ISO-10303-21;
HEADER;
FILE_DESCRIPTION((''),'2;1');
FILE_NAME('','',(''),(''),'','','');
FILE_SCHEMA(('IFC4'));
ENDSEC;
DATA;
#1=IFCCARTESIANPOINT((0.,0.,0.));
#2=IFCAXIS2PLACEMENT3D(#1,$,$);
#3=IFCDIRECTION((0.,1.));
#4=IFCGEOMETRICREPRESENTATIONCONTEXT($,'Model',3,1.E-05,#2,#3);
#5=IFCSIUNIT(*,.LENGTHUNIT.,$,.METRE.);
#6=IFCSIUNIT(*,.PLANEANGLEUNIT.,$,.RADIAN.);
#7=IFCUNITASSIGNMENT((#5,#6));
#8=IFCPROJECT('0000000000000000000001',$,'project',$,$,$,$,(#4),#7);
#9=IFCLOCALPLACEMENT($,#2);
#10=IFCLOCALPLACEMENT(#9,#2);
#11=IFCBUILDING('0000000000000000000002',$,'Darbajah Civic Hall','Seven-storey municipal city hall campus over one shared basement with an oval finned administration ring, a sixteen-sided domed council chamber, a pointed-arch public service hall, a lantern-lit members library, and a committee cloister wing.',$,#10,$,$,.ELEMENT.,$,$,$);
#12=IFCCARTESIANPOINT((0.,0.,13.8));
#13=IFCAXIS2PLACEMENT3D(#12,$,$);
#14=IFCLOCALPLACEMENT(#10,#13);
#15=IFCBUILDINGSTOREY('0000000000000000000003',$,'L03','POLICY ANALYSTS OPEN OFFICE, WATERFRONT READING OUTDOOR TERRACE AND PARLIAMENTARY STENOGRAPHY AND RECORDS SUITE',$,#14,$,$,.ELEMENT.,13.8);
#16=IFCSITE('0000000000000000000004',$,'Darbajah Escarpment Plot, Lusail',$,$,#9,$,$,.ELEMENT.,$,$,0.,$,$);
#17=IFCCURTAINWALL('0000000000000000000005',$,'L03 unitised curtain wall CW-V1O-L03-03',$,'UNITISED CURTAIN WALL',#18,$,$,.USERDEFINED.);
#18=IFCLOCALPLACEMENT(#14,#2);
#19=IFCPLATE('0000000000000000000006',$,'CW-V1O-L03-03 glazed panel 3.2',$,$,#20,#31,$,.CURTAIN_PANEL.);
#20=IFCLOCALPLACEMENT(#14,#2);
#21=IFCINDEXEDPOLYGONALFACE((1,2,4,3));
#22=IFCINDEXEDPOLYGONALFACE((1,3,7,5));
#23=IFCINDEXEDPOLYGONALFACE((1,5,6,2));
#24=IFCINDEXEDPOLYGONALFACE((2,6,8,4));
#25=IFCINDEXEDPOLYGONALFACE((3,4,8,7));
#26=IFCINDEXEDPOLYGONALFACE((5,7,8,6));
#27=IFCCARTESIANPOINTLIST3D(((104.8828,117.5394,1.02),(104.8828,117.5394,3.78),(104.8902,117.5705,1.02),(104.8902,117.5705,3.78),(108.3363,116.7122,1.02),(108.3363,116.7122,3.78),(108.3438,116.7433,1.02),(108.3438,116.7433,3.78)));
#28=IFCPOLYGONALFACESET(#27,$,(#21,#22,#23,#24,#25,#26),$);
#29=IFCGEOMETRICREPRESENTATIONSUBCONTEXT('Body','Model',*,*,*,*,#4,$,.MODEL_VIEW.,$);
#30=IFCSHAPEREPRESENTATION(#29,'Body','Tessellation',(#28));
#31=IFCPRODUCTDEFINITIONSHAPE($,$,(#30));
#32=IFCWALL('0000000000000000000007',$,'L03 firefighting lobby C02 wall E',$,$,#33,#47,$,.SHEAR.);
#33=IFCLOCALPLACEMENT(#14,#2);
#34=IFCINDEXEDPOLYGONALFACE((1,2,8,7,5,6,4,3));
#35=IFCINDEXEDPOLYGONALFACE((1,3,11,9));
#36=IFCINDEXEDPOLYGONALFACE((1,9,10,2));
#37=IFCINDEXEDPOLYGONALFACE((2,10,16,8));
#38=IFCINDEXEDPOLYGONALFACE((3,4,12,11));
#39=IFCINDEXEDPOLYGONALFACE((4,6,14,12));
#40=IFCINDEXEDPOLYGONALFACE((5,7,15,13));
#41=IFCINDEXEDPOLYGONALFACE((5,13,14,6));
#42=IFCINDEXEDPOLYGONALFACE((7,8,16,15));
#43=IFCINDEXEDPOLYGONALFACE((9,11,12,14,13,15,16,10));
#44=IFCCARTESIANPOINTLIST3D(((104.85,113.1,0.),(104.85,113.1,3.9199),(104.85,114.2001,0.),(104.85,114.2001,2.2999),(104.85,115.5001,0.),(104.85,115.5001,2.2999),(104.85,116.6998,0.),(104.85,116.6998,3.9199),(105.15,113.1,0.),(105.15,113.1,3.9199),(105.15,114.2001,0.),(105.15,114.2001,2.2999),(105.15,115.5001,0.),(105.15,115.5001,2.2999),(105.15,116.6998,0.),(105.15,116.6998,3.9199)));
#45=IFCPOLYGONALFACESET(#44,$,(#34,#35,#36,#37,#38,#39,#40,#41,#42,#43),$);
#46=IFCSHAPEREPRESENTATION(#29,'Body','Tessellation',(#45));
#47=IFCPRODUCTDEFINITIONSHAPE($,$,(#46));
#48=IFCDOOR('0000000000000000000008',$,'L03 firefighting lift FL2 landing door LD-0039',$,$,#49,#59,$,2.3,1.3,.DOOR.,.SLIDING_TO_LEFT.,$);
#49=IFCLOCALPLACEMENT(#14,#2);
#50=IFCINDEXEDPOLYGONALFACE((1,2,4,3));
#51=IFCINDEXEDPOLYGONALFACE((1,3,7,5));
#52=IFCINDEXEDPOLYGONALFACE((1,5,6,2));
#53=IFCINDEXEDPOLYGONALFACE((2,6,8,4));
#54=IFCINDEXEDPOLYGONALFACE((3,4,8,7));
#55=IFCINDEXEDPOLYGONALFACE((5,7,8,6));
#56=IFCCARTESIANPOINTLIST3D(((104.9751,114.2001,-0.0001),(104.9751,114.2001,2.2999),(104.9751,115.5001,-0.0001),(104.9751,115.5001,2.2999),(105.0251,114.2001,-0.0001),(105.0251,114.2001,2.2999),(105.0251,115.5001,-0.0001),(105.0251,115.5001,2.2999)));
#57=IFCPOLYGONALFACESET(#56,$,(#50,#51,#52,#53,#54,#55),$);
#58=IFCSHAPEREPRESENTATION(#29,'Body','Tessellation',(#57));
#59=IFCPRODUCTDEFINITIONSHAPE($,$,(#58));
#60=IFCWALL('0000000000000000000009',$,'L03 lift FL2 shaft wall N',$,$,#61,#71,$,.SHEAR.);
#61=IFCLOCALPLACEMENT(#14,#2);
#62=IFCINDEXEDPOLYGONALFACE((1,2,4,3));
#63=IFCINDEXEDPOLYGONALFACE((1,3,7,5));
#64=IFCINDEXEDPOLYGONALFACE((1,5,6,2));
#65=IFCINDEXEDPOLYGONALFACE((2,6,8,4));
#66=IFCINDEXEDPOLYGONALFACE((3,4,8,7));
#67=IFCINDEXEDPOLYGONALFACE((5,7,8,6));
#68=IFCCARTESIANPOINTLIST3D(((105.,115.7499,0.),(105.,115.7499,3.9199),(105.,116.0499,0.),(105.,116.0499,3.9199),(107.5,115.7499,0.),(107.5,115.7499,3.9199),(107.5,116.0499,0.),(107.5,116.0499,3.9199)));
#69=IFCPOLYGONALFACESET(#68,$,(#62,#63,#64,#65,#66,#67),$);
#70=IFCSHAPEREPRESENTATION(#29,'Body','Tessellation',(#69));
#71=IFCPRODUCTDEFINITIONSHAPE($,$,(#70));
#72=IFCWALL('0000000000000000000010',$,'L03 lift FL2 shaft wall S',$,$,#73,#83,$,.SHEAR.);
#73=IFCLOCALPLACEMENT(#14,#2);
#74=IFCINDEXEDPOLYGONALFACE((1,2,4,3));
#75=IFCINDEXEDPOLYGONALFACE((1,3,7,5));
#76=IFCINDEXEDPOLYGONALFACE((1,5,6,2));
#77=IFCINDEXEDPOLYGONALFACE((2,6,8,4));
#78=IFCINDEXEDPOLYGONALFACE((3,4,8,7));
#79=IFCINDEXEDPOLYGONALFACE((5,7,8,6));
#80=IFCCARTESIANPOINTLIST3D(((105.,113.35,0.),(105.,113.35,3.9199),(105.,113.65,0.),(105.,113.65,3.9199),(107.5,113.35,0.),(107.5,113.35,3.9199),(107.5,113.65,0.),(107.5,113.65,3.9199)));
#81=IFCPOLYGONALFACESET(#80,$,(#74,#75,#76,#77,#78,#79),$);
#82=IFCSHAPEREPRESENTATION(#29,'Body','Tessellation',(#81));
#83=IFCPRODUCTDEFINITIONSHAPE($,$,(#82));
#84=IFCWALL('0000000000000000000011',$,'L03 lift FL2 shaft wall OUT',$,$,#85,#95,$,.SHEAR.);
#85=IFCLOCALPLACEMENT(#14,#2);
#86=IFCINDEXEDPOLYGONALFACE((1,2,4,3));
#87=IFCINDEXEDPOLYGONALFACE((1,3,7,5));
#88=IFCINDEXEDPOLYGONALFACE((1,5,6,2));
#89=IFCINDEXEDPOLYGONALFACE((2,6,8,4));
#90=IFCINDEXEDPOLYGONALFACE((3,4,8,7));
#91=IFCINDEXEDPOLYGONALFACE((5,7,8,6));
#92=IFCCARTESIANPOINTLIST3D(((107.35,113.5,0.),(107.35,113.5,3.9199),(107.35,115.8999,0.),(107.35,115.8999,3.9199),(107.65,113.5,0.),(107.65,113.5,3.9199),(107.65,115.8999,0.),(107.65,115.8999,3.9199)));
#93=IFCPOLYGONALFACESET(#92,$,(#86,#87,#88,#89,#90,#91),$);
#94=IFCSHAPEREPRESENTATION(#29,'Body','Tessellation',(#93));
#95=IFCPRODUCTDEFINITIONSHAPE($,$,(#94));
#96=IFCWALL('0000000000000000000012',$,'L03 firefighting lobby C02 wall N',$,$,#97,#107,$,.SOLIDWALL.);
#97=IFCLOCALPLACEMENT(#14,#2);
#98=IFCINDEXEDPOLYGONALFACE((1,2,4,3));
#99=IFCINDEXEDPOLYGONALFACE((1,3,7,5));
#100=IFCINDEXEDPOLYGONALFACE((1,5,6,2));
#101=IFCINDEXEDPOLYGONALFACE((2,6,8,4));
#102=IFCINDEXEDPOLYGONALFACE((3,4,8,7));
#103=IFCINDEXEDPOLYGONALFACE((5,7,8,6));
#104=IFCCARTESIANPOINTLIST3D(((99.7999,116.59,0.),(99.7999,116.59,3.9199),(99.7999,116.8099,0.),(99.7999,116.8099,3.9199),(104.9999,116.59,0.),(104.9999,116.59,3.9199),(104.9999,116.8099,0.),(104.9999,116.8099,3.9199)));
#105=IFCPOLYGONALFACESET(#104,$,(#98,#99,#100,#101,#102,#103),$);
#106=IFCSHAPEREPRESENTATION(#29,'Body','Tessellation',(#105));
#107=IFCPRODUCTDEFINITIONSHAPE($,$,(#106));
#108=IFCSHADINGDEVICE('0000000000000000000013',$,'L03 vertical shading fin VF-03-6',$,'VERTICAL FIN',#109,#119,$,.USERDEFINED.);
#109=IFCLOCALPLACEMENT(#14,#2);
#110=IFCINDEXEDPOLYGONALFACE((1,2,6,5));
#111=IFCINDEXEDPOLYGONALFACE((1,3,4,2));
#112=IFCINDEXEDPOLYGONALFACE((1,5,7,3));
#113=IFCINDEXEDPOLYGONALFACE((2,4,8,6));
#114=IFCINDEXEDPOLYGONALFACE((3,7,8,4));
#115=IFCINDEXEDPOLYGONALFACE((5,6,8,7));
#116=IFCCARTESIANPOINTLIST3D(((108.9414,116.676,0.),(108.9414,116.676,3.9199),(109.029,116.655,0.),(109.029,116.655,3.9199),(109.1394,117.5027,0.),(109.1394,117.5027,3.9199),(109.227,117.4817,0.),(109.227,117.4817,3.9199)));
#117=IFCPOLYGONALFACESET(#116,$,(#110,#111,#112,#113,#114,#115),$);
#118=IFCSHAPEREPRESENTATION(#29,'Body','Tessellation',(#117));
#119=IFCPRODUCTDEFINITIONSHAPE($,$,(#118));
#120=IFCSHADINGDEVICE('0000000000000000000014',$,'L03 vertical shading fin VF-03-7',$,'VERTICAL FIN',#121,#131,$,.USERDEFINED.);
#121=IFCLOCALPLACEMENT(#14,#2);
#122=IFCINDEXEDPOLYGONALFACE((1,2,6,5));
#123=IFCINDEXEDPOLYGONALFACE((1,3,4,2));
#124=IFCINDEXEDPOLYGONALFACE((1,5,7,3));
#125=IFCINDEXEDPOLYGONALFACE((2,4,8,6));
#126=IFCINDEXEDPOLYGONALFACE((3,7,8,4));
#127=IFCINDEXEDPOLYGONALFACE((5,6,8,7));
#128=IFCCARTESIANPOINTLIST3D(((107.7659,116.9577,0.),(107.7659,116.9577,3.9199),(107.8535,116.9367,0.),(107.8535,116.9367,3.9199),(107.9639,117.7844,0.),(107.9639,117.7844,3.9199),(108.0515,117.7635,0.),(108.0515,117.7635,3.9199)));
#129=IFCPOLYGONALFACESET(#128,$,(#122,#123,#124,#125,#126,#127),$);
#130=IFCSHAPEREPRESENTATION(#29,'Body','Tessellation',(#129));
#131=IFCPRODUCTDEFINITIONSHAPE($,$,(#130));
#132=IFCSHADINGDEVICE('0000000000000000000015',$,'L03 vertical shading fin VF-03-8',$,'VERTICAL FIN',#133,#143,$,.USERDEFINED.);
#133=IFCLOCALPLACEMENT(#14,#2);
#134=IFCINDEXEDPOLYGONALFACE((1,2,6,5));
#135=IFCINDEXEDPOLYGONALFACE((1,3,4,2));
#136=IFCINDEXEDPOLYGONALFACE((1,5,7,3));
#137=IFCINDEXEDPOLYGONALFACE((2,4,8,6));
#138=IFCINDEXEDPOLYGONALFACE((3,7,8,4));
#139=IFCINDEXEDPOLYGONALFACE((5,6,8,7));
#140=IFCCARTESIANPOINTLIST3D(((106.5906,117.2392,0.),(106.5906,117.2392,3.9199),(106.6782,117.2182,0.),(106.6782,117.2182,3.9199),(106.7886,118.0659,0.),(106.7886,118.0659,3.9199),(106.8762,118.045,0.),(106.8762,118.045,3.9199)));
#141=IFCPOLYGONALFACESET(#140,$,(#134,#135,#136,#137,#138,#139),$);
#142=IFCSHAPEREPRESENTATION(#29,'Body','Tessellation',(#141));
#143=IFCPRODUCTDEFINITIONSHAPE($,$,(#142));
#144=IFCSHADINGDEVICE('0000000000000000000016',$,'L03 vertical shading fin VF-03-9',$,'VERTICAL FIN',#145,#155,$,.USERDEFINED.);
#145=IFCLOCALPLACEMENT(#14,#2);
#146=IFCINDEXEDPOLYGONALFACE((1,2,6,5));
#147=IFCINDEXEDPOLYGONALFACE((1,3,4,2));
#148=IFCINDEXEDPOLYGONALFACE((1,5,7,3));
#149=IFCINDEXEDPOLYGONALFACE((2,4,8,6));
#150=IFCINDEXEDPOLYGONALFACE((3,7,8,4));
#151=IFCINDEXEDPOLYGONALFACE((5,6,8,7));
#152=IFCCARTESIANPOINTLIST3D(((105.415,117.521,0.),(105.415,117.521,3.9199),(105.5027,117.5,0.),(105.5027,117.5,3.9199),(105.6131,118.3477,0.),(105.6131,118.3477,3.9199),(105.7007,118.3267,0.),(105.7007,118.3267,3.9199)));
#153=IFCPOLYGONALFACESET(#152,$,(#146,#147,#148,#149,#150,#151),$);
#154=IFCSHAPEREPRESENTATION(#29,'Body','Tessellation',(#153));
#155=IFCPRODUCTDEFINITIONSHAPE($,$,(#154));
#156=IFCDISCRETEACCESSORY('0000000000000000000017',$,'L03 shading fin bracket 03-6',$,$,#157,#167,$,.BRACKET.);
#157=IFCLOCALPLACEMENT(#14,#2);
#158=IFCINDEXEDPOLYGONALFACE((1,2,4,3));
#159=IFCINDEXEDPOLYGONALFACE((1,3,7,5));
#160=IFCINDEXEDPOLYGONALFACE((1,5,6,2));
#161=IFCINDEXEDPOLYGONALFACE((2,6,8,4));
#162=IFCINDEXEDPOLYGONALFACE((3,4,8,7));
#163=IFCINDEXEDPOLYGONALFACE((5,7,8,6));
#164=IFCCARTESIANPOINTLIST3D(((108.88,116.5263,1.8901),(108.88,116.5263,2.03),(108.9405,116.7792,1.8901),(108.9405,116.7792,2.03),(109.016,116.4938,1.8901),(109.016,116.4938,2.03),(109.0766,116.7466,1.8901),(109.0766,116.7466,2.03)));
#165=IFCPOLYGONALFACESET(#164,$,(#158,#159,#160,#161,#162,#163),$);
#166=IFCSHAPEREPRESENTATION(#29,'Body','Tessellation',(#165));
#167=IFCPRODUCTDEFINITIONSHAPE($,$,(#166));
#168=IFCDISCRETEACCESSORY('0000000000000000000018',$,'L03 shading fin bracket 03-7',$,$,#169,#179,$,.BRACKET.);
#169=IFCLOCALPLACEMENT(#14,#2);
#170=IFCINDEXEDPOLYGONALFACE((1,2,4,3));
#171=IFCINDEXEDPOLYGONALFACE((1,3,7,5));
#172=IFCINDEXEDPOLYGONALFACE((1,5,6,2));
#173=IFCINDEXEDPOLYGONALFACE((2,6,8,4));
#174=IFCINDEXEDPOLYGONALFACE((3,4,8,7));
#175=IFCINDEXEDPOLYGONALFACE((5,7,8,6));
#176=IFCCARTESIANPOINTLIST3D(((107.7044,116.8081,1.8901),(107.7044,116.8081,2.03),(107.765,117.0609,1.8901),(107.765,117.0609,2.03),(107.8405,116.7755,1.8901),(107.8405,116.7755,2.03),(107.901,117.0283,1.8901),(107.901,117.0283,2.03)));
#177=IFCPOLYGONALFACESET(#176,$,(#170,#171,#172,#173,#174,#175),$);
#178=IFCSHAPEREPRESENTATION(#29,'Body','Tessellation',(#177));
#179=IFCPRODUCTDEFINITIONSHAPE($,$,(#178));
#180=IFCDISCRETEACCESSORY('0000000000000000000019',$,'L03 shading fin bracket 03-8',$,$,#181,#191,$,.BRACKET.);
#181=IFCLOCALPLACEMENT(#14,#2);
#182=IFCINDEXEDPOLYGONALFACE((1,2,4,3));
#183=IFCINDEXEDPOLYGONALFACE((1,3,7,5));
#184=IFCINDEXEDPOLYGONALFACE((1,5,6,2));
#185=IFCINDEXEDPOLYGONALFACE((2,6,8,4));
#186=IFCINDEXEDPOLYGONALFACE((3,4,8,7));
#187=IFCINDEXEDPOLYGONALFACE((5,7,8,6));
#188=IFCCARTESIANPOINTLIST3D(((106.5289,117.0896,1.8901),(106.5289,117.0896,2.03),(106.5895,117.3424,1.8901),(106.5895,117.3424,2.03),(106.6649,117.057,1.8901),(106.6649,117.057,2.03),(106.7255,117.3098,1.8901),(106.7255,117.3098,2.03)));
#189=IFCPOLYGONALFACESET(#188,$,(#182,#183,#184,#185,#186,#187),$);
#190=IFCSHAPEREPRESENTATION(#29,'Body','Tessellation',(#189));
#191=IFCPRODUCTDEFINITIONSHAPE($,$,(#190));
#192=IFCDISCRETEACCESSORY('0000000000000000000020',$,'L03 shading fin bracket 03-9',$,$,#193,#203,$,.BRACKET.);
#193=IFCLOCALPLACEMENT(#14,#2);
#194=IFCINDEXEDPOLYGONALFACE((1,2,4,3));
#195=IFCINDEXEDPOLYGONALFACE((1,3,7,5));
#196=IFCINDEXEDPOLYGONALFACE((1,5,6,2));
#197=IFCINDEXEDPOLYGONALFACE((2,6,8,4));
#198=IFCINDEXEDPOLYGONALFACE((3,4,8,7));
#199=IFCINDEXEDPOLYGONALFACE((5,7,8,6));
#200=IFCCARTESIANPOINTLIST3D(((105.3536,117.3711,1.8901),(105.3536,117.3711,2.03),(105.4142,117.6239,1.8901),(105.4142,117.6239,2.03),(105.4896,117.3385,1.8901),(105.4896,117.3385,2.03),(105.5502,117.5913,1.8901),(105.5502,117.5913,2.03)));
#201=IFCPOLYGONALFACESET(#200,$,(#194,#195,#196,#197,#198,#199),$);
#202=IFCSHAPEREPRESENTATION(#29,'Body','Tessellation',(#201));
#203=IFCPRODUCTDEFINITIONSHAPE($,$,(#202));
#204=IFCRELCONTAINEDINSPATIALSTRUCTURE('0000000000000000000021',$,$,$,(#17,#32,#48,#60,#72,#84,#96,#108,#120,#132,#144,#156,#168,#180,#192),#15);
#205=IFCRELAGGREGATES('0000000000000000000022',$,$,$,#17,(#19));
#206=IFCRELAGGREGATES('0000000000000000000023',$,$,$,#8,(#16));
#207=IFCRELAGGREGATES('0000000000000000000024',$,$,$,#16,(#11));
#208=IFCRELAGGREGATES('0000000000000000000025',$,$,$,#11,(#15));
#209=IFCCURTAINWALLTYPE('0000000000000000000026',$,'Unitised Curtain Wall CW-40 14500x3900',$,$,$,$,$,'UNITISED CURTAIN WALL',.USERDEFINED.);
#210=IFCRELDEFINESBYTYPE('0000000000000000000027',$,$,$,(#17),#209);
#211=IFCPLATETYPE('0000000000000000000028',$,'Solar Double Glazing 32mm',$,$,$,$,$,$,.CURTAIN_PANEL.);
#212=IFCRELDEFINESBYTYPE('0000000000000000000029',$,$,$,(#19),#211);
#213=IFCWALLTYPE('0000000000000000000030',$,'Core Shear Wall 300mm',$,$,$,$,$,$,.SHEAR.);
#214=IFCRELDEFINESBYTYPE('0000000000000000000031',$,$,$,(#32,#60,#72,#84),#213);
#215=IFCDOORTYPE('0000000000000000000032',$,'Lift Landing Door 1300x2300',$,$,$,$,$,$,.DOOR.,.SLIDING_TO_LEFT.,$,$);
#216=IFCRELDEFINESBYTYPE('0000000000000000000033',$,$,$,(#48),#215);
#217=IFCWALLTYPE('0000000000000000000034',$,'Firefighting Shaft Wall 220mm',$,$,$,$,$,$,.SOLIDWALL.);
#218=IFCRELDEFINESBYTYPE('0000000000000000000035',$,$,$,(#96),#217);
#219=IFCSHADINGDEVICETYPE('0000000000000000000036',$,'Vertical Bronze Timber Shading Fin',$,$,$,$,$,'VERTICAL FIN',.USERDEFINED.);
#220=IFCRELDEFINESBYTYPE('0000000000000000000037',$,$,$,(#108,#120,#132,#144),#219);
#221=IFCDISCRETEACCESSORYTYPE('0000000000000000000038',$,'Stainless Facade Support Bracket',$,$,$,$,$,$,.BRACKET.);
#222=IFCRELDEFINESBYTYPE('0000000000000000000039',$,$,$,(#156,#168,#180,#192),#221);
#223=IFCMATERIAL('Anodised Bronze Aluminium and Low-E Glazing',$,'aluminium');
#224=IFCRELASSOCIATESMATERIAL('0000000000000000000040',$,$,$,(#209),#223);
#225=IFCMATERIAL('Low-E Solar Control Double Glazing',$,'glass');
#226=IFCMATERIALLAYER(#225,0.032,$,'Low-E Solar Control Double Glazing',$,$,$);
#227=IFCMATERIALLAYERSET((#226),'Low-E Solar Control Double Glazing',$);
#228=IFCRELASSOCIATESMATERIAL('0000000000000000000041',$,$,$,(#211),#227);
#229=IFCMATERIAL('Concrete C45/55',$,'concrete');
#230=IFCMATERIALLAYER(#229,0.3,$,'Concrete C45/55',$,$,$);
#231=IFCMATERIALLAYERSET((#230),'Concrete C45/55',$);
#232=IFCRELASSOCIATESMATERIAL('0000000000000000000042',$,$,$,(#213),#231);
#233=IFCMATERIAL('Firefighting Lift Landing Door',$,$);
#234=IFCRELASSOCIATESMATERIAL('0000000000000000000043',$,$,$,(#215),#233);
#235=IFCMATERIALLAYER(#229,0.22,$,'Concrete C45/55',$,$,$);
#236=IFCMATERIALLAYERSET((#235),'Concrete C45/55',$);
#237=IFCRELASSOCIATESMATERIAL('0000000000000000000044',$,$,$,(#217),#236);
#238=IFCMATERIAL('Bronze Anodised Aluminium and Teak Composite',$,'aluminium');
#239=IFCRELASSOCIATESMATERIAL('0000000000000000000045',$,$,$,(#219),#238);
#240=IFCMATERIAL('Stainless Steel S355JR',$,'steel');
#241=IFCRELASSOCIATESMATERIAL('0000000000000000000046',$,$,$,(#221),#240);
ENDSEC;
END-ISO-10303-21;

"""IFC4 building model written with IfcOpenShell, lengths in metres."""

from ifc_helpers import new_model, si_unit, direction, frame, frame_2d, origin, origin_2d, place, context, subcontext, project, spatial, rectangle, extrude, material, layer, layer_set, type_object, element, fill, aggregate, save


model = new_model("IFC4")

# Units and contexts
model_context = context("Model", 3, precision=1e-05, world=origin(), true_north=direction((0.0, 1.0)))
body_context = subcontext(model_context, "Body", "Model", "MODEL_VIEW")
ifc_project = project(units=[si_unit("LENGTHUNIT", "METRE"), si_unit("PLANEANGLEUNIT", "RADIAN")], contexts=[model_context])

# Site, building, storey
site_placement = place(None, origin())
site = spatial("IfcSite", under=ifc_project, at=site_placement, Name="Darbajah Escarpment Plot, Lusail", CompositionType="ELEMENT", RefElevation=0.0)
building_placement = place(site_placement, origin())
building = spatial("IfcBuilding", under=site, at=building_placement, Name="Darbajah Civic Hall", Description="Seven-storey municipal city hall campus over one shared basement with an oval finned administration ring, a sixteen-sided domed council chamber, a pointed-arch public service hall, a lantern-lit members library, and a committee cloister wing.", CompositionType="ELEMENT")
storey_placement = place(building_placement, frame((0.0, 0.0, 13.8)))
storey = spatial("IfcBuildingStorey", under=building, at=storey_placement, Name="L03", Description="POLICY ANALYSTS OPEN OFFICE, WATERFRONT READING OUTDOOR TERRACE AND PARLIAMENTARY STENOGRAPHY AND RECORDS SUITE", CompositionType="ELEMENT", Elevation=13.8)

# Curtain wall
ifc_material_1 = material(Name="Anodised Bronze Aluminium and Low-E Glazing", Category="aluminium")
curtain_wall_type_1 = type_object("IfcCurtainWallType", Name="Unitised Curtain Wall CW-40 14500x3900", ElementType="UNITISED CURTAIN WALL", PredefinedType="USERDEFINED", material=ifc_material_1)
curtain_wall_1_placement = place(storey_placement, origin())
curtain_wall_1 = element("IfcCurtainWall", 1, at=curtain_wall_1_placement, inside=storey, type_object=curtain_wall_type_1, Name="L03 unitised curtain wall CW-V1O-L03-03", ObjectType="UNITISED CURTAIN WALL", PredefinedType="USERDEFINED")

# Plate
ifc_material_2 = material(Name="Low-E Solar Control Double Glazing", Category="glass")
ifc_layer_1 = layer(ifc_material_2, 0.032, Name="Low-E Solar Control Double Glazing")
ifc_layer_set_1 = layer_set([ifc_layer_1], Name="Low-E Solar Control Double Glazing")
plate_type_1 = type_object("IfcPlateType", Name="Solar Double Glazing 32mm", PredefinedType="CURTAIN_PANEL", material=ifc_layer_set_1)
plate_1_placement = place(storey_placement, frame((106.6133, 117.1414, 1.02), z_axis=(0.0, 0.0, 1.0), x_axis=(-0.972492, 0.232936, 0.0)))
plate_1 = element("IfcPlate", 2, at=plate_1_placement, type_object=plate_type_1, Name="CW-V1O-L03-03 glazed panel 3.2", PredefinedType="CURTAIN_PANEL", context=body_context, shape_type="SweptSolid", body=[
    extrude(rectangle(XDim=3.5513, YDim=0.032, at=origin_2d()), origin(), (0.0, 0.0, 1.0), 2.76),
])
aggregate(curtain_wall_1, [plate_1])

# Wall, opening, door
ifc_material_3 = material(Name="Concrete C45/55", Category="concrete")
ifc_layer_2 = layer(ifc_material_3, 0.3, Name="Concrete C45/55")
ifc_layer_set_2 = layer_set([ifc_layer_2], Name="Concrete C45/55")
wall_type_1 = type_object("IfcWallType", Name="Core Shear Wall 300mm", PredefinedType="SHEAR", material=ifc_layer_set_2)
wall_1_placement = place(storey_placement, frame((105.0, 113.1001, 0.0), z_axis=(0.0, 0.0, 1.0), x_axis=(0.0, 1.0, 0.0)))
wall_1 = element("IfcWall", 3, at=wall_1_placement, inside=storey, type_object=wall_type_1, Name="L03 firefighting lobby C02 wall E", PredefinedType="SHEAR", context=body_context, shape_type="SweptSolid", body=[
    extrude(rectangle(XDim=3.5999, YDim=0.3, at=frame_2d((1.7998, 0.0))), origin(), (0.0, 0.0, 1.0), 3.9199),
])
opening_placement = place(wall_1_placement, frame((1.1001, 0.0, 0.0)))
opening = element("IfcOpeningElement", 4, at=opening_placement, cuts=wall_1, PredefinedType="OPENING", context=body_context, shape_type="SweptSolid", body=[
    extrude(rectangle(XDim=1.3, YDim=2.3, at=frame_2d((0.6499, 1.1499))), frame((0.0, 0.1599, 0.0), z_axis=(0.0, -1.0, 0.0), x_axis=(1.0, 0.0, 0.0)), (0.0, 0.0, 1.0), 0.3201),
])
ifc_material_4 = material(Name="Firefighting Lift Landing Door")
door_type = type_object("IfcDoorType", Name="Lift Landing Door 1300x2300", OperationType="SLIDING_TO_LEFT", PredefinedType="DOOR", material=ifc_material_4)
door_placement = place(opening_placement, origin())
door = element("IfcDoor", 5, at=door_placement, inside=storey, type_object=door_type, Name="L03 firefighting lift FL2 landing door LD-0039", OperationType="SLIDING_TO_LEFT", OverallHeight=2.3, OverallWidth=1.3, PredefinedType="DOOR", context=body_context, shape_type="SweptSolid", body=[
    extrude(rectangle(XDim=1.3, YDim=2.3, at=frame_2d((0.6499, 1.1499))), frame((0.0, 0.0249, 0.0), z_axis=(0.0, -1.0, 0.0), x_axis=(1.0, 0.0, 0.0)), (0.0, 0.0, 1.0), 0.05),
])
fill(opening, door)

# Walls
for number, where, z_axis, x_axis, name in (
    (6, (107.5, 115.8999, 0.0), (0.0, 0.0, 1.0), (-1.0, 0.0, 0.0), "L03 lift FL2 shaft wall N"),
    (7, (105.0, 113.5, 0.0), (0.0, 0.0, 1.0), (1.0, 0.0, 0.0), "L03 lift FL2 shaft wall S"),
):
    element("IfcWall", number, at=place(storey_placement, frame(where, z_axis=z_axis, x_axis=x_axis)), inside=storey, type_object=wall_type_1, Name=name, PredefinedType="SHEAR", context=body_context, shape_type="SweptSolid", body=[
        extrude(rectangle(XDim=2.5, YDim=0.3, at=frame_2d((1.25, 0.0))), origin(), (0.0, 0.0, 1.0), 3.9199),
    ])
wall_2_placement = place(storey_placement, frame((107.5, 113.5, 0.0), z_axis=(0.0, 0.0, 1.0), x_axis=(0.0, 1.0, 0.0)))
element("IfcWall", 8, at=wall_2_placement, inside=storey, type_object=wall_type_1, Name="L03 lift FL2 shaft wall OUT", PredefinedType="SHEAR", context=body_context, shape_type="SweptSolid", body=[
    extrude(rectangle(XDim=2.3999, YDim=0.3, at=frame_2d((1.2, 0.0))), origin(), (0.0, 0.0, 1.0), 3.9199),
])
ifc_layer_3 = layer(ifc_material_3, 0.22, Name="Concrete C45/55")
ifc_layer_set_3 = layer_set([ifc_layer_3], Name="Concrete C45/55")
wall_type_2 = type_object("IfcWallType", Name="Firefighting Shaft Wall 220mm", PredefinedType="SOLIDWALL", material=ifc_layer_set_3)
wall_3_placement = place(storey_placement, frame((105.0, 116.7, 0.0), z_axis=(0.0, 0.0, 1.0), x_axis=(-1.0, 0.0, 0.0)))
element("IfcWall", 9, at=wall_3_placement, inside=storey, type_object=wall_type_2, Name="L03 firefighting lobby C02 wall N", PredefinedType="SOLIDWALL", context=body_context, shape_type="SweptSolid", body=[
    extrude(rectangle(XDim=5.2, YDim=0.22, at=frame_2d((2.6001, 0.0))), origin(), (0.0, 0.0, 1.0), 3.9199),
])

# Shading devices
ifc_material_5 = material(Name="Bronze Anodised Aluminium and Teak Composite", Category="aluminium")
shading_device_type = type_object("IfcShadingDeviceType", Name="Vertical Bronze Timber Shading Fin", ElementType="VERTICAL FIN", PredefinedType="USERDEFINED", material=ifc_material_5)
for number, where, z_axis, x_axis, name in (
    (10, (109.0842, 117.0789, 0.0), (0.0, 0.0, 1.0), (0.232936, 0.972492, 0.0), "L03 vertical shading fin VF-03-6"),
    (11, (107.9087, 117.3606, 0.0), (0.0, 0.0, 1.0), (0.232936, 0.972492, 0.0), "L03 vertical shading fin VF-03-7"),
    (12, (106.7334, 117.6421, 0.0), (0.0, 0.0, 1.0), (0.232936, 0.972492, 0.0), "L03 vertical shading fin VF-03-8"),
    (13, (105.5579, 117.9238, 0.0), (0.0, 0.0, 1.0), (0.232936, 0.972492, 0.0), "L03 vertical shading fin VF-03-9"),
):
    element("IfcShadingDevice", number, at=place(storey_placement, frame(where, z_axis=z_axis, x_axis=x_axis)), inside=storey, type_object=shading_device_type, Name=name, ObjectType="VERTICAL FIN", PredefinedType="USERDEFINED", context=body_context, shape_type="SweptSolid", body=[
        extrude(rectangle(XDim=0.8501, YDim=0.0901, at=origin_2d()), origin(), (0.0, 0.0, 1.0), 3.9199),
    ])

# Discrete accessories
ifc_material_6 = material(Name="Stainless Steel S355JR", Category="steel")
discrete_accessory_type = type_object("IfcDiscreteAccessoryType", Name="Stainless Facade Support Bracket", PredefinedType="BRACKET", material=ifc_material_6)
for number, where, z_axis, x_axis, name in (
    (14, (108.9783, 116.6365, 1.8901), (0.0, 0.0, 1.0), (0.232936, 0.972492, 0.0), "L03 shading fin bracket 03-6"),
    (15, (107.8027, 116.9182, 1.8901), (0.0, 0.0, 1.0), (0.232936, 0.972492, 0.0), "L03 shading fin bracket 03-7"),
    (16, (106.6272, 117.1997, 1.8901), (0.0, 0.0, 1.0), (0.232936, 0.972492, 0.0), "L03 shading fin bracket 03-8"),
    (17, (105.4519, 117.4812, 1.8901), (0.0, 0.0, 1.0), (0.232936, 0.972492, 0.0), "L03 shading fin bracket 03-9"),
):
    element("IfcDiscreteAccessory", number, at=place(storey_placement, frame(where, z_axis=z_axis, x_axis=x_axis)), inside=storey, type_object=discrete_accessory_type, Name=name, PredefinedType="BRACKET", context=body_context, shape_type="SweptSolid", body=[
        extrude(rectangle(XDim=0.26, YDim=0.1399, at=origin_2d()), origin(), (0.0, 0.0, 1.0), 0.1399),
    ])

save(model, "model.ifc")
